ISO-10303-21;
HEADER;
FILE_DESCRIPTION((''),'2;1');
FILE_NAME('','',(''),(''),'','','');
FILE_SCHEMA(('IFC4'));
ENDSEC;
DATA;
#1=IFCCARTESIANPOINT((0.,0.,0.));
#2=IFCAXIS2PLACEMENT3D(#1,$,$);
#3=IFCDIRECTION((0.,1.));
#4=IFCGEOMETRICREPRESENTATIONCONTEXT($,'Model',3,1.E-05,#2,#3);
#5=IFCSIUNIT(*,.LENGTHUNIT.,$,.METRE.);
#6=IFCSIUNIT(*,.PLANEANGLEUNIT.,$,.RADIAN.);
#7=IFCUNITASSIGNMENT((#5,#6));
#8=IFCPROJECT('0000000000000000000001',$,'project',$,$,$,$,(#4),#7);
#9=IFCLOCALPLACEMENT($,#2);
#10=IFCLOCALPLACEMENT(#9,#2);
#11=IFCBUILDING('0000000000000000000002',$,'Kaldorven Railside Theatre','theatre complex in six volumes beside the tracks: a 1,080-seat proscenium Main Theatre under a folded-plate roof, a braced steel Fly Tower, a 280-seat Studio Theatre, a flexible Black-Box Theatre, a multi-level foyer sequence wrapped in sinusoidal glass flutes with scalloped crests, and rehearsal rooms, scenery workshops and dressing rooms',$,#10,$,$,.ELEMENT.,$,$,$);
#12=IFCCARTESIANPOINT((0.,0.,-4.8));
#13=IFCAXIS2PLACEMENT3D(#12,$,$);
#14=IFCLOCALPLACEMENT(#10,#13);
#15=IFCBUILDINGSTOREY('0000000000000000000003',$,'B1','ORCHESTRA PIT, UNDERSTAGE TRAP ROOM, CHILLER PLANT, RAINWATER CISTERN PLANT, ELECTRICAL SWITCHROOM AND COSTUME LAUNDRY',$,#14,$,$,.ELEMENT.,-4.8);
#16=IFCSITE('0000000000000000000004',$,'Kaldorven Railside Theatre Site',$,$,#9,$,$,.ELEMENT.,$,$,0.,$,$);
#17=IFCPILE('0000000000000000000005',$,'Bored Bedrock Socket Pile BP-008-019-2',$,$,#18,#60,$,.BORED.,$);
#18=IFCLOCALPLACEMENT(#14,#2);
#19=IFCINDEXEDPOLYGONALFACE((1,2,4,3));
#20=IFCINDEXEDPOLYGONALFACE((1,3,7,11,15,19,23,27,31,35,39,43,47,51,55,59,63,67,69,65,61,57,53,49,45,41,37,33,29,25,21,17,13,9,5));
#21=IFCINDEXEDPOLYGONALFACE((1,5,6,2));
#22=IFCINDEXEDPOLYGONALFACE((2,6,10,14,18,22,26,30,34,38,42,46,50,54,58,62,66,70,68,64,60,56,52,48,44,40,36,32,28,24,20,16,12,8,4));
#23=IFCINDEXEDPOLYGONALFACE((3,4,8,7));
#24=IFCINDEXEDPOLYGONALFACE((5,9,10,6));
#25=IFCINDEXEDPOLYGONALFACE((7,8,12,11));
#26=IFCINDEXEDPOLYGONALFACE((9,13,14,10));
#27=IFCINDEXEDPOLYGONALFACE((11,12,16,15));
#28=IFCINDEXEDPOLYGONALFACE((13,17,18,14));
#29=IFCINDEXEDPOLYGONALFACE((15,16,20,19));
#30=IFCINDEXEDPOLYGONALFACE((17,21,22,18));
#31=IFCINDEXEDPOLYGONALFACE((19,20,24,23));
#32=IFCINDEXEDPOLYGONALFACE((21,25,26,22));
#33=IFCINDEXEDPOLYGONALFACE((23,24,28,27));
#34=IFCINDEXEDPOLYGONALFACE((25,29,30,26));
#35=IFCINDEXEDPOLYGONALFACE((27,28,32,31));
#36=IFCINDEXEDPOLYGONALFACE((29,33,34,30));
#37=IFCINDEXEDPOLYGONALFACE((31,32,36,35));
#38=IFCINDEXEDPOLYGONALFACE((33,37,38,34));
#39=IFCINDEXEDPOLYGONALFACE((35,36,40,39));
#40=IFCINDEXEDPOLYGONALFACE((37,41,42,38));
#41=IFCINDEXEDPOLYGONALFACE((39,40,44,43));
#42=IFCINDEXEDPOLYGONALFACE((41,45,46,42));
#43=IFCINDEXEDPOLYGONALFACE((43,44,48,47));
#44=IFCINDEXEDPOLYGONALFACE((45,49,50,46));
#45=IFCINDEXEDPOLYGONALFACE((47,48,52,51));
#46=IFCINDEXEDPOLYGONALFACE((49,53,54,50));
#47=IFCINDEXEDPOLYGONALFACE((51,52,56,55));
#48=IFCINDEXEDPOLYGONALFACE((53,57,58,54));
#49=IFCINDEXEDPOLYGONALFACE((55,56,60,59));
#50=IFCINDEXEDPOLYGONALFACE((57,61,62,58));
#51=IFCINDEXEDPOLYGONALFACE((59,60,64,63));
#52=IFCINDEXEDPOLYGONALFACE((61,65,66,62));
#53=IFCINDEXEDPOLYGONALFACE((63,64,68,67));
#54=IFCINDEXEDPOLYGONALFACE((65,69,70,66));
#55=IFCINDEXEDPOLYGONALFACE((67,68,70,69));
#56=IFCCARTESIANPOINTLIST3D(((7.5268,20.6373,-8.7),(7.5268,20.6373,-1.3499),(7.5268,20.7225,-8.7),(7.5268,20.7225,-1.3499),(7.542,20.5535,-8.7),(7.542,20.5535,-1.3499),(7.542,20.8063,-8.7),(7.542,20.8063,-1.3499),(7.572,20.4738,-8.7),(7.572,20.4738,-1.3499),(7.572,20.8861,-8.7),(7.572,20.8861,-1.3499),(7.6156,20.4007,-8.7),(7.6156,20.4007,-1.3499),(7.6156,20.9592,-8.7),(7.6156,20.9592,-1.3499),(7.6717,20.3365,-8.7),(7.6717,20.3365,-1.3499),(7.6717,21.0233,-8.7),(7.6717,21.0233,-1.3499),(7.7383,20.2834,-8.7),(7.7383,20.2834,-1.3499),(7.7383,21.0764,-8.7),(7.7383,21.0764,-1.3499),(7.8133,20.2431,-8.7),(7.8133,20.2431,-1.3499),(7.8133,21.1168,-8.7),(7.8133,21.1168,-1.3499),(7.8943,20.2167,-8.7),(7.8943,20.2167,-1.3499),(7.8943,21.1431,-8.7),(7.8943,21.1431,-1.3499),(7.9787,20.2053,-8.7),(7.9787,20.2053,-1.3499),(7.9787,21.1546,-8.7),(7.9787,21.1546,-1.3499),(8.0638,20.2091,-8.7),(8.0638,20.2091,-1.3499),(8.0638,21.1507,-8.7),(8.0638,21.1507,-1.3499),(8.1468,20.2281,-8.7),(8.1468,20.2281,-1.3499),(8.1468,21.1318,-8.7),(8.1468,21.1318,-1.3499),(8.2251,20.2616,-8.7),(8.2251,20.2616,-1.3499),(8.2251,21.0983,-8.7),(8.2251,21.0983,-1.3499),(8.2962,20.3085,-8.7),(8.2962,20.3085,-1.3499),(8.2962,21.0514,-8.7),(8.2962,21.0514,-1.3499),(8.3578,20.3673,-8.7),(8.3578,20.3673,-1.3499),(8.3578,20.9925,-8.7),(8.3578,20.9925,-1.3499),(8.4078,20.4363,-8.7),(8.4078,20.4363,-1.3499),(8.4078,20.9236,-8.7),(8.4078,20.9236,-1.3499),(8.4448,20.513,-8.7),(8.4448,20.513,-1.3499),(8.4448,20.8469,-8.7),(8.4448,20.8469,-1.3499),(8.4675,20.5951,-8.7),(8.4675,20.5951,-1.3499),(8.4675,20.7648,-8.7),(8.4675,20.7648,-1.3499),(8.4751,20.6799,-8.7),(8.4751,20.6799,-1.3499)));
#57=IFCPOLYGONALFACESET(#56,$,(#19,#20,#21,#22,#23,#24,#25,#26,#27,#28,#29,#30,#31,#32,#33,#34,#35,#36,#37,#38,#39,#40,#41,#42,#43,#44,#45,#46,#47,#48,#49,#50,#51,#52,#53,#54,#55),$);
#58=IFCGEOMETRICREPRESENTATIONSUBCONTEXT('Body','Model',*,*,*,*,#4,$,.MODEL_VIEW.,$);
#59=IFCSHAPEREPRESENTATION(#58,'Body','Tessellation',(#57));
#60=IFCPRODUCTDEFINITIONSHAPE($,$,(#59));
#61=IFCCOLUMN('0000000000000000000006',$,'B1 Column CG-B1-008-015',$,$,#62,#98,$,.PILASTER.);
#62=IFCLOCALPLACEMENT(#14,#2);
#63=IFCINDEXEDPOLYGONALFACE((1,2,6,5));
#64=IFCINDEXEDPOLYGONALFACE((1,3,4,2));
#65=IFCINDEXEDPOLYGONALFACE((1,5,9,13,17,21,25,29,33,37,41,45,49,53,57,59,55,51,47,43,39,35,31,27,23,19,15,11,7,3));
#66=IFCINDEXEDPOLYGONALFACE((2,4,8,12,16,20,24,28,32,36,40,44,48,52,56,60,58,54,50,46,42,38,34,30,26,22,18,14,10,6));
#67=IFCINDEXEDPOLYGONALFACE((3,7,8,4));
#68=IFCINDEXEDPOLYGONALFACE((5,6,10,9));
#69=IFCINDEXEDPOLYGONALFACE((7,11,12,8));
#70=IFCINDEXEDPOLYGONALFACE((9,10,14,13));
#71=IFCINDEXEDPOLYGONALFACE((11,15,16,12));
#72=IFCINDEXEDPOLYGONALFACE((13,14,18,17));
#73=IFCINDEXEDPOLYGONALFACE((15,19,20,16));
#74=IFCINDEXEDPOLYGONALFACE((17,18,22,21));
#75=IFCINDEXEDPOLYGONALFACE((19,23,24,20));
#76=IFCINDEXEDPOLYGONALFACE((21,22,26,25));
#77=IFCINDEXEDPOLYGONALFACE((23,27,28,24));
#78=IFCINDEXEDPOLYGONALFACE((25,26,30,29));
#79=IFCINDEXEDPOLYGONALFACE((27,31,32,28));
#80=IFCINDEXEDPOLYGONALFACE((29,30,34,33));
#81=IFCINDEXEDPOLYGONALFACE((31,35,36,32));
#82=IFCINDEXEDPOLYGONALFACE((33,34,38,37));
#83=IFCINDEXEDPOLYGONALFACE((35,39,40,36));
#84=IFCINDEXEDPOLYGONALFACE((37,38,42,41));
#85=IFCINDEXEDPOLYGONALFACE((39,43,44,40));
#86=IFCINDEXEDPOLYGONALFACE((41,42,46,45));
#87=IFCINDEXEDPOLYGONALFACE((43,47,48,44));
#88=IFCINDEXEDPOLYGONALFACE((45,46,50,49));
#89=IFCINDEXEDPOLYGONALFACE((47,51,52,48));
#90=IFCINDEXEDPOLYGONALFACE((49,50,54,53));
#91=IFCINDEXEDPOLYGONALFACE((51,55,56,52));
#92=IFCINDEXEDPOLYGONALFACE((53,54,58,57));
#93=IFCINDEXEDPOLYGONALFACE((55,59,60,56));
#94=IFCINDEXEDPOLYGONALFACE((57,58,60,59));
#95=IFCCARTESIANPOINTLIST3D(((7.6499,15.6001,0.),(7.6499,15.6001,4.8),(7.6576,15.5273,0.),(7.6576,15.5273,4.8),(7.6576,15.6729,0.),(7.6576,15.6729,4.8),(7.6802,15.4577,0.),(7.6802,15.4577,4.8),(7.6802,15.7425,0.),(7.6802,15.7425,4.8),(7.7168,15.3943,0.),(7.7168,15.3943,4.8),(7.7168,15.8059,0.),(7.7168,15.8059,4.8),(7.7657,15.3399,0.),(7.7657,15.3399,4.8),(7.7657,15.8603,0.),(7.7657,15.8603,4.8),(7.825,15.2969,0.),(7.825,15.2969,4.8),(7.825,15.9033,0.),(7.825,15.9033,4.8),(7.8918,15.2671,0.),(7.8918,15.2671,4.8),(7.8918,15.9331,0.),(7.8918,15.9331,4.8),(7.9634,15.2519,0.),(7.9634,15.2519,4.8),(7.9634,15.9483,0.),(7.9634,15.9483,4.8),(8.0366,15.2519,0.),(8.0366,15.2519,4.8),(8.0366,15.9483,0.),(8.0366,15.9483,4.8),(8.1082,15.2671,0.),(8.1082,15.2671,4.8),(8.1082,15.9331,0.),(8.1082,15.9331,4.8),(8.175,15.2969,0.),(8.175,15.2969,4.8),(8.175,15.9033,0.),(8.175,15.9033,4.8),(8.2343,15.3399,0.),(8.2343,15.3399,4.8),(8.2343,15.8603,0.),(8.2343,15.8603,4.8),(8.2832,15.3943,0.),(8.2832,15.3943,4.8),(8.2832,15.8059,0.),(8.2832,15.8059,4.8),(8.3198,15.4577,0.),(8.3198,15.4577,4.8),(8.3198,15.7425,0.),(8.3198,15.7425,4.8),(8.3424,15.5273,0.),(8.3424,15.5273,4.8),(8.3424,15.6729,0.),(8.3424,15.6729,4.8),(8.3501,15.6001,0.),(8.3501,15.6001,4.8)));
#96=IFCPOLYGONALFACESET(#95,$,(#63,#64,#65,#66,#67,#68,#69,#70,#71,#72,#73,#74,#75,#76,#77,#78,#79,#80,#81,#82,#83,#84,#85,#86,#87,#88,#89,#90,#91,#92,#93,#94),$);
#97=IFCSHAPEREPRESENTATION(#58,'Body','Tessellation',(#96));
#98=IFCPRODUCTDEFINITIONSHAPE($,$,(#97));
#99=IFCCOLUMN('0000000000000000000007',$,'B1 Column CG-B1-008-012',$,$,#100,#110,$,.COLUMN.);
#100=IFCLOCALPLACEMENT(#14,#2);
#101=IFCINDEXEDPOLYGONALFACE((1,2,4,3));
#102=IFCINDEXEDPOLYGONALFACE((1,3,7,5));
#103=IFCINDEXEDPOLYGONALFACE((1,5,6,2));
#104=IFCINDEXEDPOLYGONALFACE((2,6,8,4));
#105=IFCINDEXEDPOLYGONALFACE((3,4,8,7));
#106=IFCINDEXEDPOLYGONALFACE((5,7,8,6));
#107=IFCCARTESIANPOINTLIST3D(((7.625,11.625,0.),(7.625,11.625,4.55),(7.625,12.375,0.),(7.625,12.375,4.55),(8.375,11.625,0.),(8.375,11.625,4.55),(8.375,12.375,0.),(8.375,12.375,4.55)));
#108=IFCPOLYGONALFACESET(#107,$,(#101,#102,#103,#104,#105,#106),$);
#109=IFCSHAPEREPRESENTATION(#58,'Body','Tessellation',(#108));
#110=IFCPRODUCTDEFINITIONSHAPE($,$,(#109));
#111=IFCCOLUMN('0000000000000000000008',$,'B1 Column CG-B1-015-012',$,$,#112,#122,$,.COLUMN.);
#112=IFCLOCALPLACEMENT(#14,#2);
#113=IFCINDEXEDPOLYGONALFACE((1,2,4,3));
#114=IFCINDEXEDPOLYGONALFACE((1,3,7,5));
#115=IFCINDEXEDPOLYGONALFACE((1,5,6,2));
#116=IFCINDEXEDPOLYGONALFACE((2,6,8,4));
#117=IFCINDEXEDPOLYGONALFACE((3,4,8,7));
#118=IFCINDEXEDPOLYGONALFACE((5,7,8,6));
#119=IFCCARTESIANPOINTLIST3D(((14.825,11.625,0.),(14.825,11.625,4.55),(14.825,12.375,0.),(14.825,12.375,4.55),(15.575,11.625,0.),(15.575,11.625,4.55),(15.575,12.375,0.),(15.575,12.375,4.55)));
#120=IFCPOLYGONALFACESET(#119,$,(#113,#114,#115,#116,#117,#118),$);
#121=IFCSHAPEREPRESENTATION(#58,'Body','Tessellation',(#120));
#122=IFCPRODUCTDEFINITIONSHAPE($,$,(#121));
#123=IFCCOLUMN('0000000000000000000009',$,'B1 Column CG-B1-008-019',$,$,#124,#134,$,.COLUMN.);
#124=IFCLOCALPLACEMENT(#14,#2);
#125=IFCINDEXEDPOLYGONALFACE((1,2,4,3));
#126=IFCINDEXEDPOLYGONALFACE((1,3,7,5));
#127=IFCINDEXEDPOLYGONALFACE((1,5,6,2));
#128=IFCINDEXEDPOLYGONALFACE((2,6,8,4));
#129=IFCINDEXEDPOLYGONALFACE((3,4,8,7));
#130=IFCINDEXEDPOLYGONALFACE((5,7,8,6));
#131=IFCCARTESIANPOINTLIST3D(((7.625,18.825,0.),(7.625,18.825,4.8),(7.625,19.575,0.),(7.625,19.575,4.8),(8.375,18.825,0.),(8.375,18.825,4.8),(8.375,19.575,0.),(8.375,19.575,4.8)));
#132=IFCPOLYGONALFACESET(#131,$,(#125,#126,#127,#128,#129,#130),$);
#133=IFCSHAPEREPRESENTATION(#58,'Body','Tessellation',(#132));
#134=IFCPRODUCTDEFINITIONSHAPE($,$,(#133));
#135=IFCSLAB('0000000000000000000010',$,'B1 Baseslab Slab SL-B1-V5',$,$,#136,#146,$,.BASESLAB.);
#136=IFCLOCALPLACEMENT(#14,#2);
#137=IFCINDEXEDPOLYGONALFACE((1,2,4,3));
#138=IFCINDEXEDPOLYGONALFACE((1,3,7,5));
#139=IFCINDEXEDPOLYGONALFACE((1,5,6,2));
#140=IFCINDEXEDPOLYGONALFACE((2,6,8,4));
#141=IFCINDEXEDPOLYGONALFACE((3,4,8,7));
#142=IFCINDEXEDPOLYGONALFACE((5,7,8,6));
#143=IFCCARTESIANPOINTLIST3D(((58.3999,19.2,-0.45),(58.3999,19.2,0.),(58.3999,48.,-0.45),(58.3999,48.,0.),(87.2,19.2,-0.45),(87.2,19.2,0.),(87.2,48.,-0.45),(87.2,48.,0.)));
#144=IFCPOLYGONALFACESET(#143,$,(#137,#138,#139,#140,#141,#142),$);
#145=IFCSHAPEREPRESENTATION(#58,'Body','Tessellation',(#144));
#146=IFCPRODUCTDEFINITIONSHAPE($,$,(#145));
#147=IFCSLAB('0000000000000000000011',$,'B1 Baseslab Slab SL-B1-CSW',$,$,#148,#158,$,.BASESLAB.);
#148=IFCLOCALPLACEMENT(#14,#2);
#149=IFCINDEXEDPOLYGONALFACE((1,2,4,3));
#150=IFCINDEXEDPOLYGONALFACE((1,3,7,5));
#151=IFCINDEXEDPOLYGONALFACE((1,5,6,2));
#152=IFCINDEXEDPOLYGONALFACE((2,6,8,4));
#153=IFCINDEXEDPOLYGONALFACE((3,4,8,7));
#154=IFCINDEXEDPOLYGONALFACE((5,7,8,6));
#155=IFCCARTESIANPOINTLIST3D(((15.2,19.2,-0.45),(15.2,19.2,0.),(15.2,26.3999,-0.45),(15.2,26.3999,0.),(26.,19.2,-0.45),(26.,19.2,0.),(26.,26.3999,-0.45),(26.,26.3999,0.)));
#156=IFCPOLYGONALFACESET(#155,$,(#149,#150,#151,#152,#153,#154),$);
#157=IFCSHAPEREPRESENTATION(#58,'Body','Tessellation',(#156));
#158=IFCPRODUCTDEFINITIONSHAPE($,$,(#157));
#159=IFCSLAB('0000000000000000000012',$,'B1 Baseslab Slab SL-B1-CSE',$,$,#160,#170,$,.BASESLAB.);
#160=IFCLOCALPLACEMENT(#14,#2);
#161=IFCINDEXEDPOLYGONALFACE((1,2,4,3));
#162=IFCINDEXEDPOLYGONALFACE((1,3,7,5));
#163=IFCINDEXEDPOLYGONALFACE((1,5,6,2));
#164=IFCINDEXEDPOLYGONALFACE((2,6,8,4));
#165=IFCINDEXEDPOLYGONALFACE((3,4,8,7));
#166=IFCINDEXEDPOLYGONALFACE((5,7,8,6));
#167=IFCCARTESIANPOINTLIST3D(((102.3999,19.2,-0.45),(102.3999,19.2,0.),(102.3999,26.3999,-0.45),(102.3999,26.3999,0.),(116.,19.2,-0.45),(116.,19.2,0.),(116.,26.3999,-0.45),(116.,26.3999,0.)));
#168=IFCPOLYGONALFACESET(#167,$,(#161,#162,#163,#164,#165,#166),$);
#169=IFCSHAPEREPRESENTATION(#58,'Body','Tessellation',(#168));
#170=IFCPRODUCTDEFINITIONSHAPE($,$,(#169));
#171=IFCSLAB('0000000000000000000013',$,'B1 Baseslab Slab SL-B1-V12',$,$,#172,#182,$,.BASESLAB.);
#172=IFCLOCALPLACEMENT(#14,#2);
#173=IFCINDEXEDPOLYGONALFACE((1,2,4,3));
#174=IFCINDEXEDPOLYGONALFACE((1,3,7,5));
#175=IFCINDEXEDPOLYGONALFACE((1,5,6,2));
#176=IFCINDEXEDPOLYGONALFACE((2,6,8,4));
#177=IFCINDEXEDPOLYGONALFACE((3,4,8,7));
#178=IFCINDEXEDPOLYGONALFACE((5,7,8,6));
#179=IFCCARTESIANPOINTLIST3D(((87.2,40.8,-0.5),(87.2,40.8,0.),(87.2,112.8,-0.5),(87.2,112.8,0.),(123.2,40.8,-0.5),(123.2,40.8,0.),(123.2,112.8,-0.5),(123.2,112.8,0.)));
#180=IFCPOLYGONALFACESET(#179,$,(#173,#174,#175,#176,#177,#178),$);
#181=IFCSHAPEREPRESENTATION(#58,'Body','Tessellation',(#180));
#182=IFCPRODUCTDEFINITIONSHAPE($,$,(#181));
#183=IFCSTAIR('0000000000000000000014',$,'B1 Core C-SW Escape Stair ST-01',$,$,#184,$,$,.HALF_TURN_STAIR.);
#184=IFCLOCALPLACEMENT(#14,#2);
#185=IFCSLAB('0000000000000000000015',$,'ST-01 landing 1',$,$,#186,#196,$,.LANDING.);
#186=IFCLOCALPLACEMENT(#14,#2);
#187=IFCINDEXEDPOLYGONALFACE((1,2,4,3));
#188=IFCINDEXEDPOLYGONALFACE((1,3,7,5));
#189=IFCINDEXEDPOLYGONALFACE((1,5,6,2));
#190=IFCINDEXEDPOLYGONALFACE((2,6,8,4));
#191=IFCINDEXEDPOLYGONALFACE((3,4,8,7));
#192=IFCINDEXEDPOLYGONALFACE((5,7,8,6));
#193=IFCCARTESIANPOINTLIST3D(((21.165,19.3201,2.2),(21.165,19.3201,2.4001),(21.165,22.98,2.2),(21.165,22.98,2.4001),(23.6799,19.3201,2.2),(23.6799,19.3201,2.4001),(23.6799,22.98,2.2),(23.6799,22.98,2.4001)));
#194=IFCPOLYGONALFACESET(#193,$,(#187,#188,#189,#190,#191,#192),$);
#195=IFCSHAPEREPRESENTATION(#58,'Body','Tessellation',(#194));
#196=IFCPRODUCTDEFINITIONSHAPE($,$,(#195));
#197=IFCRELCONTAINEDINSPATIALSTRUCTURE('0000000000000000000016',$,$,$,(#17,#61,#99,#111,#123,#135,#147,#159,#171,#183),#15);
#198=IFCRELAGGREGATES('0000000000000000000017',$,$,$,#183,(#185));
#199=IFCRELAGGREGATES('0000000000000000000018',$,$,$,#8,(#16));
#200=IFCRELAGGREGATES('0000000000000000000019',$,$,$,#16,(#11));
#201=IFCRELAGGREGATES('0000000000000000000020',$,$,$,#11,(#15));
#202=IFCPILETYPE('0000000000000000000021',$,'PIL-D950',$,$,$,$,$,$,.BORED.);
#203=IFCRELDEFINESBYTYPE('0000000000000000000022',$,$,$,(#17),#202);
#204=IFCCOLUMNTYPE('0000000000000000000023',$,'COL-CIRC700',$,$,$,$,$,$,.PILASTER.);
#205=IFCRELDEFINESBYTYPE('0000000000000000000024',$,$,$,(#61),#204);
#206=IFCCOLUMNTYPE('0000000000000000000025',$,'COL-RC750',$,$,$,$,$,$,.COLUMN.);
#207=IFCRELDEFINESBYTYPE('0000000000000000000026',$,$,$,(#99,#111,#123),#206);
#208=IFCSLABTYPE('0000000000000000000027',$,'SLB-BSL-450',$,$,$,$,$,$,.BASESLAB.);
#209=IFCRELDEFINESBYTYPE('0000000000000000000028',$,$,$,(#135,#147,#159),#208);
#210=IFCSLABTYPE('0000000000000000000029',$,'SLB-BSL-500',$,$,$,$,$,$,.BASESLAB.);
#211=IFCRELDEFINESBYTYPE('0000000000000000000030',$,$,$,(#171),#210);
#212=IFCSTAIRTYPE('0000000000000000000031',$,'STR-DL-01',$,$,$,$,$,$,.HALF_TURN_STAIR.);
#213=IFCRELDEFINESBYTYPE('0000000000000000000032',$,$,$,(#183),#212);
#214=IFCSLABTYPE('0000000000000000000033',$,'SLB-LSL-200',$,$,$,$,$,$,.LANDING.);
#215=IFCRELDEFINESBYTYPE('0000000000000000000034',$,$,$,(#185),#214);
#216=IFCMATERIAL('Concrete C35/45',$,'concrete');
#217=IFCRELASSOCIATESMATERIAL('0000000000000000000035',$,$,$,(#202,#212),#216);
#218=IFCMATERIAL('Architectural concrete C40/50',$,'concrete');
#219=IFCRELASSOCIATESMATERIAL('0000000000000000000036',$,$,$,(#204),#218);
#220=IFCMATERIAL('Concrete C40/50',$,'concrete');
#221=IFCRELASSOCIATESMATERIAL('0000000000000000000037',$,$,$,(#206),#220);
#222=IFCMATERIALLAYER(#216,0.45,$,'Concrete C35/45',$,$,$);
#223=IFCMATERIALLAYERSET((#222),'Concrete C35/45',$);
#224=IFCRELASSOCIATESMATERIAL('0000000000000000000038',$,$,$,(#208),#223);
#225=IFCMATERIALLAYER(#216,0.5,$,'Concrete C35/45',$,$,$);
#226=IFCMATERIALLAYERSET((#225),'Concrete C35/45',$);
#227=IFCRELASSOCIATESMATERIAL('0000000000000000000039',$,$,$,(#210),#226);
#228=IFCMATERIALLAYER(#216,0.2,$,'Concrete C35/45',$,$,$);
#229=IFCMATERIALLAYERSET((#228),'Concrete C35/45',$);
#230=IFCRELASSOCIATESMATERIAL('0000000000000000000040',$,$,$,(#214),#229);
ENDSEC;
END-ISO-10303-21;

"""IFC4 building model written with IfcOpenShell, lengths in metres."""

from ifc_helpers import new_model, si_unit, direction, frame, origin, origin_2d, place, context, subcontext, project, spatial, polyline, rectangle, circle, outline, extrude, material, layer, layer_set, material_profile, profile_set, type_object, element, aggregate, save


model = new_model("IFC4")

# Units and contexts
model_context = context("Model", 3, precision=1e-05, world=origin(), true_north=direction((0.0, 1.0)))
body_context = subcontext(model_context, "Body", "Model", "MODEL_VIEW")
ifc_project = project(units=[si_unit("LENGTHUNIT", "METRE"), si_unit("PLANEANGLEUNIT", "RADIAN")], contexts=[model_context])

# Site, building, storey
site_placement = place(None, origin())
site = spatial("IfcSite", under=ifc_project, at=site_placement, Name="Kaldorven Railside Theatre Site", CompositionType="ELEMENT", RefElevation=0.0)
building_placement = place(site_placement, origin())
building = spatial("IfcBuilding", under=site, at=building_placement, Name="Kaldorven Railside Theatre", Description="theatre complex in six volumes beside the tracks: a 1,080-seat proscenium Main Theatre under a folded-plate roof, a braced steel Fly Tower, a 280-seat Studio Theatre, a flexible Black-Box Theatre, a multi-level foyer sequence wrapped in sinusoidal glass flutes with scalloped crests, and rehearsal rooms, scenery workshops and dressing rooms", CompositionType="ELEMENT")
storey_placement = place(building_placement, frame((0.0, 0.0, -4.8)))
storey = spatial("IfcBuildingStorey", under=building, at=storey_placement, Name="B1", Description="ORCHESTRA PIT, UNDERSTAGE TRAP ROOM, CHILLER PLANT, RAINWATER CISTERN PLANT, ELECTRICAL SWITCHROOM AND COSTUME LAUNDRY", CompositionType="ELEMENT", Elevation=-4.8)

# Shared definitions
ifc_material_1 = material(Name="Concrete C40/50", Category="concrete")

# Pile
ifc_material_2 = material(Name="Concrete C35/45", Category="concrete")
ifc_material_profile_1 = material_profile(ifc_material_2, circle(Radius=0.4751, at=origin_2d()), Name="BP D950")
ifc_profile_set_1 = profile_set([ifc_material_profile_1], Name="Concrete C35/45")
pile_type_1 = type_object("IfcPileType", Name="PIL-D950", PredefinedType="BORED", material=ifc_profile_set_1)
for number, where, z_axis, x_axis, name in (
    (1, (8.0, 20.6799, -1.3499), (0.0, 0.0, -1.0), (1.0, 0.0, 0.0), "Bored Bedrock Socket Pile BP-008-019-2"),
):
    element("IfcPile", number, at=place(storey_placement, frame(where, z_axis=z_axis, x_axis=x_axis)), inside=storey, type_object=pile_type_1, Name=name, PredefinedType="BORED", context=body_context, shape_type="SweptSolid", body=[
        extrude(circle(Radius=0.4751, at=origin_2d()), origin(), (0.0, 0.0, 1.0), 7.3501),
    ])

# Columns
ifc_material_3 = material(Name="Architectural concrete C40/50", Category="concrete")
ifc_material_profile_2 = material_profile(ifc_material_3, circle(Radius=0.3501, at=origin_2d()), Name="RC D700")
ifc_profile_set_2 = profile_set([ifc_material_profile_2], Name="Architectural concrete C40/50")
column_type_1 = type_object("IfcColumnType", Name="COL-CIRC700", PredefinedType="PILASTER", material=ifc_profile_set_2)
column_1_placement = place(storey_placement, frame((8.0, 15.6001, 0.0), z_axis=(0.0, 0.0, 1.0), x_axis=(1.0, 0.0, 0.0)))
element("IfcColumn", 2, at=column_1_placement, inside=storey, type_object=column_type_1, Name="B1 Column CG-B1-008-015", PredefinedType="PILASTER", context=body_context, shape_type="SweptSolid", body=[
    extrude(circle(Radius=0.3501, at=origin_2d()), origin(), (0.0, 0.0, 1.0), 4.8),
])
ifc_material_profile_3 = material_profile(ifc_material_1, rectangle(XDim=0.75, YDim=0.75, at=origin_2d()), Name="RC 750x750")
ifc_profile_set_3 = profile_set([ifc_material_profile_3], Name="Concrete C40/50")
column_type_2 = type_object("IfcColumnType", Name="COL-RC750", PredefinedType="COLUMN", material=ifc_profile_set_3)
for number, where, z_axis, x_axis, name in (
    (3, (8.0, 12.0, 0.0), (0.0, 0.0, 1.0), (1.0, 0.0, 0.0), "B1 Column CG-B1-008-012"),
    (4, (15.2, 12.0, 0.0), (0.0, 0.0, 1.0), (1.0, 0.0, 0.0), "B1 Column CG-B1-015-012"),
):
    element("IfcColumn", number, at=place(storey_placement, frame(where, z_axis=z_axis, x_axis=x_axis)), inside=storey, type_object=column_type_2, Name=name, PredefinedType="COLUMN", context=body_context, shape_type="SweptSolid", body=[
        extrude(rectangle(XDim=0.75, YDim=0.75, at=origin_2d()), origin(), (0.0, 0.0, 1.0), 4.55),
    ])
column_2_placement = place(storey_placement, frame((8.0, 19.2, 0.0), z_axis=(0.0, 0.0, 1.0), x_axis=(0.0, 1.0, 0.0)))
element("IfcColumn", 5, at=column_2_placement, inside=storey, type_object=column_type_2, Name="B1 Column CG-B1-008-019", PredefinedType="COLUMN", context=body_context, shape_type="SweptSolid", body=[
    extrude(rectangle(XDim=0.75, YDim=0.75, at=origin_2d()), origin(), (0.0, 0.0, 1.0), 4.8),
])

# Slabs
ifc_layer_1 = layer(ifc_material_2, 0.45, Name="Concrete C35/45")
ifc_layer_set_1 = layer_set([ifc_layer_1], Name="Concrete C35/45")
slab_type_1 = type_object("IfcSlabType", Name="SLB-BSL-450", PredefinedType="BASESLAB", material=ifc_layer_set_1)
slab_1_placement = place(storey_placement, frame((0.0, 0.0, -0.45)))
element("IfcSlab", 6, at=slab_1_placement, inside=storey, type_object=slab_type_1, Name="B1 Baseslab Slab SL-B1-V5", PredefinedType="BASESLAB", context=body_context, shape_type="SweptSolid", body=[
    extrude(outline(polyline([(58.3999, 19.2), (87.2, 19.2), (87.2, 48.0), (58.3999, 48.0), (58.3999, 19.2)])), origin(), (0.0, 0.0, 1.0), 0.45),
])
slab_2_placement = place(storey_placement, frame((0.0, 0.0, -0.45)))
element("IfcSlab", 7, at=slab_2_placement, inside=storey, type_object=slab_type_1, Name="B1 Baseslab Slab SL-B1-CSW", PredefinedType="BASESLAB", context=body_context, shape_type="SweptSolid", body=[
    extrude(outline(polyline([(15.2, 19.2), (26.0, 19.2), (26.0, 26.3999), (15.2, 26.3999), (15.2, 19.2)])), origin(), (0.0, 0.0, 1.0), 0.45),
])
slab_3_placement = place(storey_placement, frame((0.0, 0.0, -0.45)))
element("IfcSlab", 8, at=slab_3_placement, inside=storey, type_object=slab_type_1, Name="B1 Baseslab Slab SL-B1-CSE", PredefinedType="BASESLAB", context=body_context, shape_type="SweptSolid", body=[
    extrude(outline(polyline([(102.3999, 19.2), (116.0, 19.2), (116.0, 26.3999), (102.3999, 26.3999), (102.3999, 19.2)])), origin(), (0.0, 0.0, 1.0), 0.45),
])
ifc_layer_2 = layer(ifc_material_2, 0.5, Name="Concrete C35/45")
ifc_layer_set_2 = layer_set([ifc_layer_2], Name="Concrete C35/45")
slab_type_2 = type_object("IfcSlabType", Name="SLB-BSL-500", PredefinedType="BASESLAB", material=ifc_layer_set_2)
slab_4_placement = place(storey_placement, frame((0.0, 0.0, -0.5)))
element("IfcSlab", 9, at=slab_4_placement, inside=storey, type_object=slab_type_2, Name="B1 Baseslab Slab SL-B1-V12", PredefinedType="BASESLAB", context=body_context, shape_type="SweptSolid", body=[
    extrude(outline(polyline([(87.2, 40.8), (123.2, 40.8), (123.2, 112.8), (87.2, 112.8), (87.2, 40.8)])), origin(), (0.0, 0.0, 1.0), 0.5),
])

# Stair, slab
stair_type = type_object("IfcStairType", Name="STR-DL-01", PredefinedType="HALF_TURN_STAIR", material=ifc_material_2)
stair_1_placement = place(storey_placement, origin())
stair_1 = element("IfcStair", 10, at=stair_1_placement, inside=storey, type_object=stair_type, Name="B1 Core C-SW Escape Stair ST-01", PredefinedType="HALF_TURN_STAIR")
ifc_layer_3 = layer(ifc_material_2, 0.2, Name="Concrete C35/45")
ifc_layer_set_3 = layer_set([ifc_layer_3], Name="Concrete C35/45")
slab_type_3 = type_object("IfcSlabType", Name="SLB-LSL-200", PredefinedType="LANDING", material=ifc_layer_set_3)
slab_5_placement = place(storey_placement, frame((0.0, 0.0, 2.2)))
slab_5 = element("IfcSlab", 11, at=slab_5_placement, type_object=slab_type_3, Name="ST-01 landing 1", PredefinedType="LANDING", context=body_context, shape_type="SweptSolid", body=[
    extrude(outline(polyline([(21.165, 19.3201), (23.6799, 19.3201), (23.6799, 22.98), (21.165, 22.98), (21.165, 19.3201)])), origin(), (0.0, 0.0, 1.0), 0.2002),
])
aggregate(stair_1, [slab_5])

save(model, "model.ifc")
